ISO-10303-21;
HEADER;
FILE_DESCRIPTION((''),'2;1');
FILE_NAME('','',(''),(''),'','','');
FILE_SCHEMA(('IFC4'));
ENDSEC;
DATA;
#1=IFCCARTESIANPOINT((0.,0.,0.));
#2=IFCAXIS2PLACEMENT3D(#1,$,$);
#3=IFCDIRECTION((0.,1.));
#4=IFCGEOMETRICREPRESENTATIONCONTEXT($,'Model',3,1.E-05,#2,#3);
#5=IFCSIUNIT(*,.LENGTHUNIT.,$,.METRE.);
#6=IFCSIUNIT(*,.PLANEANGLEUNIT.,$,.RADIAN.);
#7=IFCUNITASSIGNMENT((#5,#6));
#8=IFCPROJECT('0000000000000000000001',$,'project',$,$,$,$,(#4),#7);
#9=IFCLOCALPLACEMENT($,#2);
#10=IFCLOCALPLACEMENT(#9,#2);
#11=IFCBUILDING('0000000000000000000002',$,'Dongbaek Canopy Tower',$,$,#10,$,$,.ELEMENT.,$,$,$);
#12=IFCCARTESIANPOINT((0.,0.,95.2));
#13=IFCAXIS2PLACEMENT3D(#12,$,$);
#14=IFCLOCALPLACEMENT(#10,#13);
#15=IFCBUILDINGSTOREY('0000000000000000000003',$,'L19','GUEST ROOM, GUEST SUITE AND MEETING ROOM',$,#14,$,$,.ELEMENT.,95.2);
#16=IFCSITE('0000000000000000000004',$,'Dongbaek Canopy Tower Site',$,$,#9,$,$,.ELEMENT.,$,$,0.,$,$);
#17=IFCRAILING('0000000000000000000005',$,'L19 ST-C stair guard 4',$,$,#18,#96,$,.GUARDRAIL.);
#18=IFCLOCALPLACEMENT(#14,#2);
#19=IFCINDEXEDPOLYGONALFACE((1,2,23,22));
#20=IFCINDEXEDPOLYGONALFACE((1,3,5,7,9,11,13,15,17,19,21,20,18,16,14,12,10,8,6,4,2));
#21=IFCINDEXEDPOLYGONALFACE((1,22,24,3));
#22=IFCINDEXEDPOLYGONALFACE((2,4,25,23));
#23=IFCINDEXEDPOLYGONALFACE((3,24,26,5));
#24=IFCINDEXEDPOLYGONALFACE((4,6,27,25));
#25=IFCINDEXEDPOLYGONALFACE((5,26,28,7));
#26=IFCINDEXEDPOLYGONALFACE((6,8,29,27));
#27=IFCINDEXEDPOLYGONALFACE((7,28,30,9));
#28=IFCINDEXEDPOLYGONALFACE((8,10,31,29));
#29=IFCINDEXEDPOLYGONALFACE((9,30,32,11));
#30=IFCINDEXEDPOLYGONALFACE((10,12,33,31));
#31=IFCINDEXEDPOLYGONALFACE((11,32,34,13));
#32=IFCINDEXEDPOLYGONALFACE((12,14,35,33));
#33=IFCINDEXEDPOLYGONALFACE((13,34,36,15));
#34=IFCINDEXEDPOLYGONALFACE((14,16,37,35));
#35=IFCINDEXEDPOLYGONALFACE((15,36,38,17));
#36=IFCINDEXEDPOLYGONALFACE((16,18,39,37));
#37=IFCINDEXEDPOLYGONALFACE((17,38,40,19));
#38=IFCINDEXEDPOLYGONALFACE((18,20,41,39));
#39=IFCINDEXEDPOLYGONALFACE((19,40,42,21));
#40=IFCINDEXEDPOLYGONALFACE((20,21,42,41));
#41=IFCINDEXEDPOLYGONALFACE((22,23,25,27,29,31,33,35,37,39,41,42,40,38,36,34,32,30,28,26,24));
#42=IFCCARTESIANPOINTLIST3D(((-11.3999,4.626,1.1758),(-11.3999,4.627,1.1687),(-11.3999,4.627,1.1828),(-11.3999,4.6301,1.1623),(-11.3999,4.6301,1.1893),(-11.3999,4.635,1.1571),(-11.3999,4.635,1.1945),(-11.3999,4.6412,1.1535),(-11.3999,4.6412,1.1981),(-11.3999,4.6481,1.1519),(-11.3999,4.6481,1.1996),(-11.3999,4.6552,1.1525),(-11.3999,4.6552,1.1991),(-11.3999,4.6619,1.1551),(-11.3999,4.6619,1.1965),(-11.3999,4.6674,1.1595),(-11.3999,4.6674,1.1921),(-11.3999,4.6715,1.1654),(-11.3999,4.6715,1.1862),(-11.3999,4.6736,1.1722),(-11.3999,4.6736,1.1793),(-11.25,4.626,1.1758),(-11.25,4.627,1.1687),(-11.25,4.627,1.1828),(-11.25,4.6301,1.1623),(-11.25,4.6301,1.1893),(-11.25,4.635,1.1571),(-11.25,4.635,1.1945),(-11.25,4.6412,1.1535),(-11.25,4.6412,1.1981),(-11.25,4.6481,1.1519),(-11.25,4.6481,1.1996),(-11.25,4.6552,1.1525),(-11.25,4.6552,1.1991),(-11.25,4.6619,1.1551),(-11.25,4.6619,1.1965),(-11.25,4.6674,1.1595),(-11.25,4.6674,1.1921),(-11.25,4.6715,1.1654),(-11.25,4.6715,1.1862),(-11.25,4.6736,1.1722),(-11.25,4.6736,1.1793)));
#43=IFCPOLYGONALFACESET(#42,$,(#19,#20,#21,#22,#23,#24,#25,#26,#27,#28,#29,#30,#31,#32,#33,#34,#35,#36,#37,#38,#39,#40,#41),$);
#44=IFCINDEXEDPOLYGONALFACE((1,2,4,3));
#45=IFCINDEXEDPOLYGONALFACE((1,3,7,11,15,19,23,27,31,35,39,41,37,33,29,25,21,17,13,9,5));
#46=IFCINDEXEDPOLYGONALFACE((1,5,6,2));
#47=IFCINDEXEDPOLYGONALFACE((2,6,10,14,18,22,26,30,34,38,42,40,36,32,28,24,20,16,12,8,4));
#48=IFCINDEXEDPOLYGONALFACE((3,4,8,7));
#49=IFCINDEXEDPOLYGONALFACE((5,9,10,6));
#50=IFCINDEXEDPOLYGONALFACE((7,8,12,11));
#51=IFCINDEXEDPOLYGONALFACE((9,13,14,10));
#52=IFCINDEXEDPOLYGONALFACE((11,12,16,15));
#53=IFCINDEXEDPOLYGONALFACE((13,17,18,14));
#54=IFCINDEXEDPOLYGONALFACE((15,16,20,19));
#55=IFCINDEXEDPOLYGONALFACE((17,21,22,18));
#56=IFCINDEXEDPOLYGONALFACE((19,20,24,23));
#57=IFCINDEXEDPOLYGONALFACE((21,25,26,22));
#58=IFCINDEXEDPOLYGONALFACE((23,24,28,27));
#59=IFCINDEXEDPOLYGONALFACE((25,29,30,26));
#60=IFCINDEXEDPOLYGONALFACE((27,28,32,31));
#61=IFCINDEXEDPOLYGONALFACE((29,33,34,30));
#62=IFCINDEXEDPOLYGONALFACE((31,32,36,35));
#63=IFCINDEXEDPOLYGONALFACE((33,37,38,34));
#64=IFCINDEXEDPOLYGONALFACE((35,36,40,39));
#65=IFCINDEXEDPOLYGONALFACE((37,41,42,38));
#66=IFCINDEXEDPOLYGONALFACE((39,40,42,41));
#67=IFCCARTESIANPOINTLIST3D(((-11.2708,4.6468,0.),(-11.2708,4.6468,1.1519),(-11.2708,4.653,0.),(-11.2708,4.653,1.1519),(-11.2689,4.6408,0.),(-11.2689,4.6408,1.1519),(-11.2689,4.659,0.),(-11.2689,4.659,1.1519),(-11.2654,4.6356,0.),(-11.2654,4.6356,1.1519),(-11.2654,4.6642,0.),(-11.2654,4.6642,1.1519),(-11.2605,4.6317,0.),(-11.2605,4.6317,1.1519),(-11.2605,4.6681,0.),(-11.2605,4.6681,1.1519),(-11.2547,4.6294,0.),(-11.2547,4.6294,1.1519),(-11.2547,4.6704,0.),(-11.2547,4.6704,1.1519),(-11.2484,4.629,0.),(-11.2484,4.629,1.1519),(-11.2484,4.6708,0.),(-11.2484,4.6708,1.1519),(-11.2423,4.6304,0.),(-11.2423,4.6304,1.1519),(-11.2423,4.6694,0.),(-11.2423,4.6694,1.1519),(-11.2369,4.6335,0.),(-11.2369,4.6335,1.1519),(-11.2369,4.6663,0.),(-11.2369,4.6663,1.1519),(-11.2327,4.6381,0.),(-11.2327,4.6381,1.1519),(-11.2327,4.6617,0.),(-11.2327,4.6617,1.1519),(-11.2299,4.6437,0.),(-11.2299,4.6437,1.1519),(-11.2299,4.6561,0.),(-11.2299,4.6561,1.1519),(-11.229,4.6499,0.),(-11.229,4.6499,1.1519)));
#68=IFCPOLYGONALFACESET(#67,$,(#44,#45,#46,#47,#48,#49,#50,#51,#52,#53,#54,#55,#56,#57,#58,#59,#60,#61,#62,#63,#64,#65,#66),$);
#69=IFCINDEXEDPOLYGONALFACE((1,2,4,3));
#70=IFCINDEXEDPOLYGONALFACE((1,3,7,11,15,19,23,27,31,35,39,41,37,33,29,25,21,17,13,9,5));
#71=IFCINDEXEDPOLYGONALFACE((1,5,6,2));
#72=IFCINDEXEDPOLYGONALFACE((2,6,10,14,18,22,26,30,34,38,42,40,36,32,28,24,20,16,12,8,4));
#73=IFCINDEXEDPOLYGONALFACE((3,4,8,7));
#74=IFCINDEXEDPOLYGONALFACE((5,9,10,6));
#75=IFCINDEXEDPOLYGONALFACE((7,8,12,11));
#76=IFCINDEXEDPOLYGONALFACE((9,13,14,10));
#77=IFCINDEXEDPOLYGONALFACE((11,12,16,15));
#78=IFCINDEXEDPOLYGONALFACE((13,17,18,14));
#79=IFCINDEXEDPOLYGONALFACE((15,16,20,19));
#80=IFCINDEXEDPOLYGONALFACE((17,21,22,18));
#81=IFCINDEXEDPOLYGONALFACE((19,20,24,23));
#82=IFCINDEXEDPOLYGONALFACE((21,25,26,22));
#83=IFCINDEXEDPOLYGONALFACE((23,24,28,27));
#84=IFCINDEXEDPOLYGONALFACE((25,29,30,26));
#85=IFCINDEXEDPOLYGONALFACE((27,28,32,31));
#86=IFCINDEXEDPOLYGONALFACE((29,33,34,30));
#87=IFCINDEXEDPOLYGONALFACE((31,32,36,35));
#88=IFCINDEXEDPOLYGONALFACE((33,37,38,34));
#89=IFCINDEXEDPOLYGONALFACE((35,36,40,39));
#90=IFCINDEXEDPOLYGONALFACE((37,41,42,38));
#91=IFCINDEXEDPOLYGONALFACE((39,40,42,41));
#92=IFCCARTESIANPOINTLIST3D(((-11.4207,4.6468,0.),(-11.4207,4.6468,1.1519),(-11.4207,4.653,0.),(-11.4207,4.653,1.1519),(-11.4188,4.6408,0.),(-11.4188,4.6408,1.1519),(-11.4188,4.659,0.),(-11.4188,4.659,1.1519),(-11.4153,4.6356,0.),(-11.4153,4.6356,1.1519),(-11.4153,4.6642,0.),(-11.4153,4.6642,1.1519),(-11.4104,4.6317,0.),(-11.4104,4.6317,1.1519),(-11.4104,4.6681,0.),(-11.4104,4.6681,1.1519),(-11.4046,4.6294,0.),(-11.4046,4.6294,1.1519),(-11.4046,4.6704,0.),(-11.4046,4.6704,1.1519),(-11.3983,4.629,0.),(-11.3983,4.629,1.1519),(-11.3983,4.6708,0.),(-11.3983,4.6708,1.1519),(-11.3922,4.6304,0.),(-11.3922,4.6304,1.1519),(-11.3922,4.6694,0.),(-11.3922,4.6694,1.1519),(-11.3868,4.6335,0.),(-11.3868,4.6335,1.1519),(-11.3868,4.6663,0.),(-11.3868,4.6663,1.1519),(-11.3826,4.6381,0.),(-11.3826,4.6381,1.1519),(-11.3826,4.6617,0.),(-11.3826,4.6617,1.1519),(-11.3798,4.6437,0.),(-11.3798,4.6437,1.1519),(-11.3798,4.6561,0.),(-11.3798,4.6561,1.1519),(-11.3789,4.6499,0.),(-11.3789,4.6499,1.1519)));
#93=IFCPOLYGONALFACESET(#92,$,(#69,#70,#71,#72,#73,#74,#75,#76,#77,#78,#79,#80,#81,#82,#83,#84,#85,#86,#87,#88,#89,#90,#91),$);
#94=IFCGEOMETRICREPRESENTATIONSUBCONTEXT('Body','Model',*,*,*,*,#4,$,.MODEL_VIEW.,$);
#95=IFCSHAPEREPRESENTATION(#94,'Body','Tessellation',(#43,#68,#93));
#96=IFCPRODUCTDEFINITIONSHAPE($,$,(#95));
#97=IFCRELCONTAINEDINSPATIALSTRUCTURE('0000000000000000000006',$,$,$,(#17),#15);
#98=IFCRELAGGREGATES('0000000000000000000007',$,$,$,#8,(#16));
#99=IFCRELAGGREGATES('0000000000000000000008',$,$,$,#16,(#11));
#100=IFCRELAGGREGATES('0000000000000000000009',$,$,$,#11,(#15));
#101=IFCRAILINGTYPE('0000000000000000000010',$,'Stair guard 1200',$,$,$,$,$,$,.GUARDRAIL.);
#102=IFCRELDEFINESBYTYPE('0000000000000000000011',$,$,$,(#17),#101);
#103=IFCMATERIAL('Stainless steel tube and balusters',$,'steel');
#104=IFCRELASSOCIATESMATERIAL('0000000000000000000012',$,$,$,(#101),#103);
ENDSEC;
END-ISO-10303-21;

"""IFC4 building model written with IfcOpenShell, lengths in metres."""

from ifc_helpers import new_model, si_unit, direction, frame, origin, origin_2d, place, context, subcontext, project, spatial, circle, extrude, material, type_object, element, save


model = new_model("IFC4")

# Units and contexts
model_context = context("Model", 3, precision=1e-05, world=origin(), true_north=direction((0.0, 1.0)))
body_context = subcontext(model_context, "Body", "Model", "MODEL_VIEW")
ifc_project = project(units=[si_unit("LENGTHUNIT", "METRE"), si_unit("PLANEANGLEUNIT", "RADIAN")], contexts=[model_context])

# Site, building, storey
site_placement = place(None, origin())
site = spatial("IfcSite", under=ifc_project, at=site_placement, Name="Dongbaek Canopy Tower Site", CompositionType="ELEMENT", RefElevation=0.0)
building_placement = place(site_placement, origin())
building = spatial("IfcBuilding", under=site, at=building_placement, Name="Dongbaek Canopy Tower", CompositionType="ELEMENT")
storey_placement = place(building_placement, frame((0.0, 0.0, 95.2)))
storey = spatial("IfcBuildingStorey", under=building, at=storey_placement, Name="L19", Description="GUEST ROOM, GUEST SUITE AND MEETING ROOM", CompositionType="ELEMENT", Elevation=95.2)

# Railing
ifc_material_1 = material(Name="Stainless steel tube and balusters", Category="steel")
railing_type_1 = type_object("IfcRailingType", Name="Stair guard 1200", PredefinedType="GUARDRAIL", material=ifc_material_1)
railing_1_placement = place(storey_placement, frame((-11.25, 4.6499, 0.0)))
element("IfcRailing", 1, at=railing_1_placement, inside=storey, type_object=railing_type_1, Name="L19 ST-C stair guard 4", PredefinedType="GUARDRAIL", context=body_context, shape_type="SweptSolid", body=[
    extrude(circle(Radius=0.0239, at=origin_2d()), frame((0.0, 0.0, 1.1758), z_axis=(-1.0, 0.0, 0.0), x_axis=(0.0, -1.0, 0.0)), (0.0, 0.0, 1.0), 0.1499),
    extrude(circle(Radius=0.021, at=origin_2d()), origin(), (0.0, 0.0, 1.0), 1.1519),
    extrude(circle(Radius=0.021, at=origin_2d()), frame((-0.1499, 0.0, 0.0)), (0.0, 0.0, 1.0), 1.1519),
])

save(model, "model.ifc")
